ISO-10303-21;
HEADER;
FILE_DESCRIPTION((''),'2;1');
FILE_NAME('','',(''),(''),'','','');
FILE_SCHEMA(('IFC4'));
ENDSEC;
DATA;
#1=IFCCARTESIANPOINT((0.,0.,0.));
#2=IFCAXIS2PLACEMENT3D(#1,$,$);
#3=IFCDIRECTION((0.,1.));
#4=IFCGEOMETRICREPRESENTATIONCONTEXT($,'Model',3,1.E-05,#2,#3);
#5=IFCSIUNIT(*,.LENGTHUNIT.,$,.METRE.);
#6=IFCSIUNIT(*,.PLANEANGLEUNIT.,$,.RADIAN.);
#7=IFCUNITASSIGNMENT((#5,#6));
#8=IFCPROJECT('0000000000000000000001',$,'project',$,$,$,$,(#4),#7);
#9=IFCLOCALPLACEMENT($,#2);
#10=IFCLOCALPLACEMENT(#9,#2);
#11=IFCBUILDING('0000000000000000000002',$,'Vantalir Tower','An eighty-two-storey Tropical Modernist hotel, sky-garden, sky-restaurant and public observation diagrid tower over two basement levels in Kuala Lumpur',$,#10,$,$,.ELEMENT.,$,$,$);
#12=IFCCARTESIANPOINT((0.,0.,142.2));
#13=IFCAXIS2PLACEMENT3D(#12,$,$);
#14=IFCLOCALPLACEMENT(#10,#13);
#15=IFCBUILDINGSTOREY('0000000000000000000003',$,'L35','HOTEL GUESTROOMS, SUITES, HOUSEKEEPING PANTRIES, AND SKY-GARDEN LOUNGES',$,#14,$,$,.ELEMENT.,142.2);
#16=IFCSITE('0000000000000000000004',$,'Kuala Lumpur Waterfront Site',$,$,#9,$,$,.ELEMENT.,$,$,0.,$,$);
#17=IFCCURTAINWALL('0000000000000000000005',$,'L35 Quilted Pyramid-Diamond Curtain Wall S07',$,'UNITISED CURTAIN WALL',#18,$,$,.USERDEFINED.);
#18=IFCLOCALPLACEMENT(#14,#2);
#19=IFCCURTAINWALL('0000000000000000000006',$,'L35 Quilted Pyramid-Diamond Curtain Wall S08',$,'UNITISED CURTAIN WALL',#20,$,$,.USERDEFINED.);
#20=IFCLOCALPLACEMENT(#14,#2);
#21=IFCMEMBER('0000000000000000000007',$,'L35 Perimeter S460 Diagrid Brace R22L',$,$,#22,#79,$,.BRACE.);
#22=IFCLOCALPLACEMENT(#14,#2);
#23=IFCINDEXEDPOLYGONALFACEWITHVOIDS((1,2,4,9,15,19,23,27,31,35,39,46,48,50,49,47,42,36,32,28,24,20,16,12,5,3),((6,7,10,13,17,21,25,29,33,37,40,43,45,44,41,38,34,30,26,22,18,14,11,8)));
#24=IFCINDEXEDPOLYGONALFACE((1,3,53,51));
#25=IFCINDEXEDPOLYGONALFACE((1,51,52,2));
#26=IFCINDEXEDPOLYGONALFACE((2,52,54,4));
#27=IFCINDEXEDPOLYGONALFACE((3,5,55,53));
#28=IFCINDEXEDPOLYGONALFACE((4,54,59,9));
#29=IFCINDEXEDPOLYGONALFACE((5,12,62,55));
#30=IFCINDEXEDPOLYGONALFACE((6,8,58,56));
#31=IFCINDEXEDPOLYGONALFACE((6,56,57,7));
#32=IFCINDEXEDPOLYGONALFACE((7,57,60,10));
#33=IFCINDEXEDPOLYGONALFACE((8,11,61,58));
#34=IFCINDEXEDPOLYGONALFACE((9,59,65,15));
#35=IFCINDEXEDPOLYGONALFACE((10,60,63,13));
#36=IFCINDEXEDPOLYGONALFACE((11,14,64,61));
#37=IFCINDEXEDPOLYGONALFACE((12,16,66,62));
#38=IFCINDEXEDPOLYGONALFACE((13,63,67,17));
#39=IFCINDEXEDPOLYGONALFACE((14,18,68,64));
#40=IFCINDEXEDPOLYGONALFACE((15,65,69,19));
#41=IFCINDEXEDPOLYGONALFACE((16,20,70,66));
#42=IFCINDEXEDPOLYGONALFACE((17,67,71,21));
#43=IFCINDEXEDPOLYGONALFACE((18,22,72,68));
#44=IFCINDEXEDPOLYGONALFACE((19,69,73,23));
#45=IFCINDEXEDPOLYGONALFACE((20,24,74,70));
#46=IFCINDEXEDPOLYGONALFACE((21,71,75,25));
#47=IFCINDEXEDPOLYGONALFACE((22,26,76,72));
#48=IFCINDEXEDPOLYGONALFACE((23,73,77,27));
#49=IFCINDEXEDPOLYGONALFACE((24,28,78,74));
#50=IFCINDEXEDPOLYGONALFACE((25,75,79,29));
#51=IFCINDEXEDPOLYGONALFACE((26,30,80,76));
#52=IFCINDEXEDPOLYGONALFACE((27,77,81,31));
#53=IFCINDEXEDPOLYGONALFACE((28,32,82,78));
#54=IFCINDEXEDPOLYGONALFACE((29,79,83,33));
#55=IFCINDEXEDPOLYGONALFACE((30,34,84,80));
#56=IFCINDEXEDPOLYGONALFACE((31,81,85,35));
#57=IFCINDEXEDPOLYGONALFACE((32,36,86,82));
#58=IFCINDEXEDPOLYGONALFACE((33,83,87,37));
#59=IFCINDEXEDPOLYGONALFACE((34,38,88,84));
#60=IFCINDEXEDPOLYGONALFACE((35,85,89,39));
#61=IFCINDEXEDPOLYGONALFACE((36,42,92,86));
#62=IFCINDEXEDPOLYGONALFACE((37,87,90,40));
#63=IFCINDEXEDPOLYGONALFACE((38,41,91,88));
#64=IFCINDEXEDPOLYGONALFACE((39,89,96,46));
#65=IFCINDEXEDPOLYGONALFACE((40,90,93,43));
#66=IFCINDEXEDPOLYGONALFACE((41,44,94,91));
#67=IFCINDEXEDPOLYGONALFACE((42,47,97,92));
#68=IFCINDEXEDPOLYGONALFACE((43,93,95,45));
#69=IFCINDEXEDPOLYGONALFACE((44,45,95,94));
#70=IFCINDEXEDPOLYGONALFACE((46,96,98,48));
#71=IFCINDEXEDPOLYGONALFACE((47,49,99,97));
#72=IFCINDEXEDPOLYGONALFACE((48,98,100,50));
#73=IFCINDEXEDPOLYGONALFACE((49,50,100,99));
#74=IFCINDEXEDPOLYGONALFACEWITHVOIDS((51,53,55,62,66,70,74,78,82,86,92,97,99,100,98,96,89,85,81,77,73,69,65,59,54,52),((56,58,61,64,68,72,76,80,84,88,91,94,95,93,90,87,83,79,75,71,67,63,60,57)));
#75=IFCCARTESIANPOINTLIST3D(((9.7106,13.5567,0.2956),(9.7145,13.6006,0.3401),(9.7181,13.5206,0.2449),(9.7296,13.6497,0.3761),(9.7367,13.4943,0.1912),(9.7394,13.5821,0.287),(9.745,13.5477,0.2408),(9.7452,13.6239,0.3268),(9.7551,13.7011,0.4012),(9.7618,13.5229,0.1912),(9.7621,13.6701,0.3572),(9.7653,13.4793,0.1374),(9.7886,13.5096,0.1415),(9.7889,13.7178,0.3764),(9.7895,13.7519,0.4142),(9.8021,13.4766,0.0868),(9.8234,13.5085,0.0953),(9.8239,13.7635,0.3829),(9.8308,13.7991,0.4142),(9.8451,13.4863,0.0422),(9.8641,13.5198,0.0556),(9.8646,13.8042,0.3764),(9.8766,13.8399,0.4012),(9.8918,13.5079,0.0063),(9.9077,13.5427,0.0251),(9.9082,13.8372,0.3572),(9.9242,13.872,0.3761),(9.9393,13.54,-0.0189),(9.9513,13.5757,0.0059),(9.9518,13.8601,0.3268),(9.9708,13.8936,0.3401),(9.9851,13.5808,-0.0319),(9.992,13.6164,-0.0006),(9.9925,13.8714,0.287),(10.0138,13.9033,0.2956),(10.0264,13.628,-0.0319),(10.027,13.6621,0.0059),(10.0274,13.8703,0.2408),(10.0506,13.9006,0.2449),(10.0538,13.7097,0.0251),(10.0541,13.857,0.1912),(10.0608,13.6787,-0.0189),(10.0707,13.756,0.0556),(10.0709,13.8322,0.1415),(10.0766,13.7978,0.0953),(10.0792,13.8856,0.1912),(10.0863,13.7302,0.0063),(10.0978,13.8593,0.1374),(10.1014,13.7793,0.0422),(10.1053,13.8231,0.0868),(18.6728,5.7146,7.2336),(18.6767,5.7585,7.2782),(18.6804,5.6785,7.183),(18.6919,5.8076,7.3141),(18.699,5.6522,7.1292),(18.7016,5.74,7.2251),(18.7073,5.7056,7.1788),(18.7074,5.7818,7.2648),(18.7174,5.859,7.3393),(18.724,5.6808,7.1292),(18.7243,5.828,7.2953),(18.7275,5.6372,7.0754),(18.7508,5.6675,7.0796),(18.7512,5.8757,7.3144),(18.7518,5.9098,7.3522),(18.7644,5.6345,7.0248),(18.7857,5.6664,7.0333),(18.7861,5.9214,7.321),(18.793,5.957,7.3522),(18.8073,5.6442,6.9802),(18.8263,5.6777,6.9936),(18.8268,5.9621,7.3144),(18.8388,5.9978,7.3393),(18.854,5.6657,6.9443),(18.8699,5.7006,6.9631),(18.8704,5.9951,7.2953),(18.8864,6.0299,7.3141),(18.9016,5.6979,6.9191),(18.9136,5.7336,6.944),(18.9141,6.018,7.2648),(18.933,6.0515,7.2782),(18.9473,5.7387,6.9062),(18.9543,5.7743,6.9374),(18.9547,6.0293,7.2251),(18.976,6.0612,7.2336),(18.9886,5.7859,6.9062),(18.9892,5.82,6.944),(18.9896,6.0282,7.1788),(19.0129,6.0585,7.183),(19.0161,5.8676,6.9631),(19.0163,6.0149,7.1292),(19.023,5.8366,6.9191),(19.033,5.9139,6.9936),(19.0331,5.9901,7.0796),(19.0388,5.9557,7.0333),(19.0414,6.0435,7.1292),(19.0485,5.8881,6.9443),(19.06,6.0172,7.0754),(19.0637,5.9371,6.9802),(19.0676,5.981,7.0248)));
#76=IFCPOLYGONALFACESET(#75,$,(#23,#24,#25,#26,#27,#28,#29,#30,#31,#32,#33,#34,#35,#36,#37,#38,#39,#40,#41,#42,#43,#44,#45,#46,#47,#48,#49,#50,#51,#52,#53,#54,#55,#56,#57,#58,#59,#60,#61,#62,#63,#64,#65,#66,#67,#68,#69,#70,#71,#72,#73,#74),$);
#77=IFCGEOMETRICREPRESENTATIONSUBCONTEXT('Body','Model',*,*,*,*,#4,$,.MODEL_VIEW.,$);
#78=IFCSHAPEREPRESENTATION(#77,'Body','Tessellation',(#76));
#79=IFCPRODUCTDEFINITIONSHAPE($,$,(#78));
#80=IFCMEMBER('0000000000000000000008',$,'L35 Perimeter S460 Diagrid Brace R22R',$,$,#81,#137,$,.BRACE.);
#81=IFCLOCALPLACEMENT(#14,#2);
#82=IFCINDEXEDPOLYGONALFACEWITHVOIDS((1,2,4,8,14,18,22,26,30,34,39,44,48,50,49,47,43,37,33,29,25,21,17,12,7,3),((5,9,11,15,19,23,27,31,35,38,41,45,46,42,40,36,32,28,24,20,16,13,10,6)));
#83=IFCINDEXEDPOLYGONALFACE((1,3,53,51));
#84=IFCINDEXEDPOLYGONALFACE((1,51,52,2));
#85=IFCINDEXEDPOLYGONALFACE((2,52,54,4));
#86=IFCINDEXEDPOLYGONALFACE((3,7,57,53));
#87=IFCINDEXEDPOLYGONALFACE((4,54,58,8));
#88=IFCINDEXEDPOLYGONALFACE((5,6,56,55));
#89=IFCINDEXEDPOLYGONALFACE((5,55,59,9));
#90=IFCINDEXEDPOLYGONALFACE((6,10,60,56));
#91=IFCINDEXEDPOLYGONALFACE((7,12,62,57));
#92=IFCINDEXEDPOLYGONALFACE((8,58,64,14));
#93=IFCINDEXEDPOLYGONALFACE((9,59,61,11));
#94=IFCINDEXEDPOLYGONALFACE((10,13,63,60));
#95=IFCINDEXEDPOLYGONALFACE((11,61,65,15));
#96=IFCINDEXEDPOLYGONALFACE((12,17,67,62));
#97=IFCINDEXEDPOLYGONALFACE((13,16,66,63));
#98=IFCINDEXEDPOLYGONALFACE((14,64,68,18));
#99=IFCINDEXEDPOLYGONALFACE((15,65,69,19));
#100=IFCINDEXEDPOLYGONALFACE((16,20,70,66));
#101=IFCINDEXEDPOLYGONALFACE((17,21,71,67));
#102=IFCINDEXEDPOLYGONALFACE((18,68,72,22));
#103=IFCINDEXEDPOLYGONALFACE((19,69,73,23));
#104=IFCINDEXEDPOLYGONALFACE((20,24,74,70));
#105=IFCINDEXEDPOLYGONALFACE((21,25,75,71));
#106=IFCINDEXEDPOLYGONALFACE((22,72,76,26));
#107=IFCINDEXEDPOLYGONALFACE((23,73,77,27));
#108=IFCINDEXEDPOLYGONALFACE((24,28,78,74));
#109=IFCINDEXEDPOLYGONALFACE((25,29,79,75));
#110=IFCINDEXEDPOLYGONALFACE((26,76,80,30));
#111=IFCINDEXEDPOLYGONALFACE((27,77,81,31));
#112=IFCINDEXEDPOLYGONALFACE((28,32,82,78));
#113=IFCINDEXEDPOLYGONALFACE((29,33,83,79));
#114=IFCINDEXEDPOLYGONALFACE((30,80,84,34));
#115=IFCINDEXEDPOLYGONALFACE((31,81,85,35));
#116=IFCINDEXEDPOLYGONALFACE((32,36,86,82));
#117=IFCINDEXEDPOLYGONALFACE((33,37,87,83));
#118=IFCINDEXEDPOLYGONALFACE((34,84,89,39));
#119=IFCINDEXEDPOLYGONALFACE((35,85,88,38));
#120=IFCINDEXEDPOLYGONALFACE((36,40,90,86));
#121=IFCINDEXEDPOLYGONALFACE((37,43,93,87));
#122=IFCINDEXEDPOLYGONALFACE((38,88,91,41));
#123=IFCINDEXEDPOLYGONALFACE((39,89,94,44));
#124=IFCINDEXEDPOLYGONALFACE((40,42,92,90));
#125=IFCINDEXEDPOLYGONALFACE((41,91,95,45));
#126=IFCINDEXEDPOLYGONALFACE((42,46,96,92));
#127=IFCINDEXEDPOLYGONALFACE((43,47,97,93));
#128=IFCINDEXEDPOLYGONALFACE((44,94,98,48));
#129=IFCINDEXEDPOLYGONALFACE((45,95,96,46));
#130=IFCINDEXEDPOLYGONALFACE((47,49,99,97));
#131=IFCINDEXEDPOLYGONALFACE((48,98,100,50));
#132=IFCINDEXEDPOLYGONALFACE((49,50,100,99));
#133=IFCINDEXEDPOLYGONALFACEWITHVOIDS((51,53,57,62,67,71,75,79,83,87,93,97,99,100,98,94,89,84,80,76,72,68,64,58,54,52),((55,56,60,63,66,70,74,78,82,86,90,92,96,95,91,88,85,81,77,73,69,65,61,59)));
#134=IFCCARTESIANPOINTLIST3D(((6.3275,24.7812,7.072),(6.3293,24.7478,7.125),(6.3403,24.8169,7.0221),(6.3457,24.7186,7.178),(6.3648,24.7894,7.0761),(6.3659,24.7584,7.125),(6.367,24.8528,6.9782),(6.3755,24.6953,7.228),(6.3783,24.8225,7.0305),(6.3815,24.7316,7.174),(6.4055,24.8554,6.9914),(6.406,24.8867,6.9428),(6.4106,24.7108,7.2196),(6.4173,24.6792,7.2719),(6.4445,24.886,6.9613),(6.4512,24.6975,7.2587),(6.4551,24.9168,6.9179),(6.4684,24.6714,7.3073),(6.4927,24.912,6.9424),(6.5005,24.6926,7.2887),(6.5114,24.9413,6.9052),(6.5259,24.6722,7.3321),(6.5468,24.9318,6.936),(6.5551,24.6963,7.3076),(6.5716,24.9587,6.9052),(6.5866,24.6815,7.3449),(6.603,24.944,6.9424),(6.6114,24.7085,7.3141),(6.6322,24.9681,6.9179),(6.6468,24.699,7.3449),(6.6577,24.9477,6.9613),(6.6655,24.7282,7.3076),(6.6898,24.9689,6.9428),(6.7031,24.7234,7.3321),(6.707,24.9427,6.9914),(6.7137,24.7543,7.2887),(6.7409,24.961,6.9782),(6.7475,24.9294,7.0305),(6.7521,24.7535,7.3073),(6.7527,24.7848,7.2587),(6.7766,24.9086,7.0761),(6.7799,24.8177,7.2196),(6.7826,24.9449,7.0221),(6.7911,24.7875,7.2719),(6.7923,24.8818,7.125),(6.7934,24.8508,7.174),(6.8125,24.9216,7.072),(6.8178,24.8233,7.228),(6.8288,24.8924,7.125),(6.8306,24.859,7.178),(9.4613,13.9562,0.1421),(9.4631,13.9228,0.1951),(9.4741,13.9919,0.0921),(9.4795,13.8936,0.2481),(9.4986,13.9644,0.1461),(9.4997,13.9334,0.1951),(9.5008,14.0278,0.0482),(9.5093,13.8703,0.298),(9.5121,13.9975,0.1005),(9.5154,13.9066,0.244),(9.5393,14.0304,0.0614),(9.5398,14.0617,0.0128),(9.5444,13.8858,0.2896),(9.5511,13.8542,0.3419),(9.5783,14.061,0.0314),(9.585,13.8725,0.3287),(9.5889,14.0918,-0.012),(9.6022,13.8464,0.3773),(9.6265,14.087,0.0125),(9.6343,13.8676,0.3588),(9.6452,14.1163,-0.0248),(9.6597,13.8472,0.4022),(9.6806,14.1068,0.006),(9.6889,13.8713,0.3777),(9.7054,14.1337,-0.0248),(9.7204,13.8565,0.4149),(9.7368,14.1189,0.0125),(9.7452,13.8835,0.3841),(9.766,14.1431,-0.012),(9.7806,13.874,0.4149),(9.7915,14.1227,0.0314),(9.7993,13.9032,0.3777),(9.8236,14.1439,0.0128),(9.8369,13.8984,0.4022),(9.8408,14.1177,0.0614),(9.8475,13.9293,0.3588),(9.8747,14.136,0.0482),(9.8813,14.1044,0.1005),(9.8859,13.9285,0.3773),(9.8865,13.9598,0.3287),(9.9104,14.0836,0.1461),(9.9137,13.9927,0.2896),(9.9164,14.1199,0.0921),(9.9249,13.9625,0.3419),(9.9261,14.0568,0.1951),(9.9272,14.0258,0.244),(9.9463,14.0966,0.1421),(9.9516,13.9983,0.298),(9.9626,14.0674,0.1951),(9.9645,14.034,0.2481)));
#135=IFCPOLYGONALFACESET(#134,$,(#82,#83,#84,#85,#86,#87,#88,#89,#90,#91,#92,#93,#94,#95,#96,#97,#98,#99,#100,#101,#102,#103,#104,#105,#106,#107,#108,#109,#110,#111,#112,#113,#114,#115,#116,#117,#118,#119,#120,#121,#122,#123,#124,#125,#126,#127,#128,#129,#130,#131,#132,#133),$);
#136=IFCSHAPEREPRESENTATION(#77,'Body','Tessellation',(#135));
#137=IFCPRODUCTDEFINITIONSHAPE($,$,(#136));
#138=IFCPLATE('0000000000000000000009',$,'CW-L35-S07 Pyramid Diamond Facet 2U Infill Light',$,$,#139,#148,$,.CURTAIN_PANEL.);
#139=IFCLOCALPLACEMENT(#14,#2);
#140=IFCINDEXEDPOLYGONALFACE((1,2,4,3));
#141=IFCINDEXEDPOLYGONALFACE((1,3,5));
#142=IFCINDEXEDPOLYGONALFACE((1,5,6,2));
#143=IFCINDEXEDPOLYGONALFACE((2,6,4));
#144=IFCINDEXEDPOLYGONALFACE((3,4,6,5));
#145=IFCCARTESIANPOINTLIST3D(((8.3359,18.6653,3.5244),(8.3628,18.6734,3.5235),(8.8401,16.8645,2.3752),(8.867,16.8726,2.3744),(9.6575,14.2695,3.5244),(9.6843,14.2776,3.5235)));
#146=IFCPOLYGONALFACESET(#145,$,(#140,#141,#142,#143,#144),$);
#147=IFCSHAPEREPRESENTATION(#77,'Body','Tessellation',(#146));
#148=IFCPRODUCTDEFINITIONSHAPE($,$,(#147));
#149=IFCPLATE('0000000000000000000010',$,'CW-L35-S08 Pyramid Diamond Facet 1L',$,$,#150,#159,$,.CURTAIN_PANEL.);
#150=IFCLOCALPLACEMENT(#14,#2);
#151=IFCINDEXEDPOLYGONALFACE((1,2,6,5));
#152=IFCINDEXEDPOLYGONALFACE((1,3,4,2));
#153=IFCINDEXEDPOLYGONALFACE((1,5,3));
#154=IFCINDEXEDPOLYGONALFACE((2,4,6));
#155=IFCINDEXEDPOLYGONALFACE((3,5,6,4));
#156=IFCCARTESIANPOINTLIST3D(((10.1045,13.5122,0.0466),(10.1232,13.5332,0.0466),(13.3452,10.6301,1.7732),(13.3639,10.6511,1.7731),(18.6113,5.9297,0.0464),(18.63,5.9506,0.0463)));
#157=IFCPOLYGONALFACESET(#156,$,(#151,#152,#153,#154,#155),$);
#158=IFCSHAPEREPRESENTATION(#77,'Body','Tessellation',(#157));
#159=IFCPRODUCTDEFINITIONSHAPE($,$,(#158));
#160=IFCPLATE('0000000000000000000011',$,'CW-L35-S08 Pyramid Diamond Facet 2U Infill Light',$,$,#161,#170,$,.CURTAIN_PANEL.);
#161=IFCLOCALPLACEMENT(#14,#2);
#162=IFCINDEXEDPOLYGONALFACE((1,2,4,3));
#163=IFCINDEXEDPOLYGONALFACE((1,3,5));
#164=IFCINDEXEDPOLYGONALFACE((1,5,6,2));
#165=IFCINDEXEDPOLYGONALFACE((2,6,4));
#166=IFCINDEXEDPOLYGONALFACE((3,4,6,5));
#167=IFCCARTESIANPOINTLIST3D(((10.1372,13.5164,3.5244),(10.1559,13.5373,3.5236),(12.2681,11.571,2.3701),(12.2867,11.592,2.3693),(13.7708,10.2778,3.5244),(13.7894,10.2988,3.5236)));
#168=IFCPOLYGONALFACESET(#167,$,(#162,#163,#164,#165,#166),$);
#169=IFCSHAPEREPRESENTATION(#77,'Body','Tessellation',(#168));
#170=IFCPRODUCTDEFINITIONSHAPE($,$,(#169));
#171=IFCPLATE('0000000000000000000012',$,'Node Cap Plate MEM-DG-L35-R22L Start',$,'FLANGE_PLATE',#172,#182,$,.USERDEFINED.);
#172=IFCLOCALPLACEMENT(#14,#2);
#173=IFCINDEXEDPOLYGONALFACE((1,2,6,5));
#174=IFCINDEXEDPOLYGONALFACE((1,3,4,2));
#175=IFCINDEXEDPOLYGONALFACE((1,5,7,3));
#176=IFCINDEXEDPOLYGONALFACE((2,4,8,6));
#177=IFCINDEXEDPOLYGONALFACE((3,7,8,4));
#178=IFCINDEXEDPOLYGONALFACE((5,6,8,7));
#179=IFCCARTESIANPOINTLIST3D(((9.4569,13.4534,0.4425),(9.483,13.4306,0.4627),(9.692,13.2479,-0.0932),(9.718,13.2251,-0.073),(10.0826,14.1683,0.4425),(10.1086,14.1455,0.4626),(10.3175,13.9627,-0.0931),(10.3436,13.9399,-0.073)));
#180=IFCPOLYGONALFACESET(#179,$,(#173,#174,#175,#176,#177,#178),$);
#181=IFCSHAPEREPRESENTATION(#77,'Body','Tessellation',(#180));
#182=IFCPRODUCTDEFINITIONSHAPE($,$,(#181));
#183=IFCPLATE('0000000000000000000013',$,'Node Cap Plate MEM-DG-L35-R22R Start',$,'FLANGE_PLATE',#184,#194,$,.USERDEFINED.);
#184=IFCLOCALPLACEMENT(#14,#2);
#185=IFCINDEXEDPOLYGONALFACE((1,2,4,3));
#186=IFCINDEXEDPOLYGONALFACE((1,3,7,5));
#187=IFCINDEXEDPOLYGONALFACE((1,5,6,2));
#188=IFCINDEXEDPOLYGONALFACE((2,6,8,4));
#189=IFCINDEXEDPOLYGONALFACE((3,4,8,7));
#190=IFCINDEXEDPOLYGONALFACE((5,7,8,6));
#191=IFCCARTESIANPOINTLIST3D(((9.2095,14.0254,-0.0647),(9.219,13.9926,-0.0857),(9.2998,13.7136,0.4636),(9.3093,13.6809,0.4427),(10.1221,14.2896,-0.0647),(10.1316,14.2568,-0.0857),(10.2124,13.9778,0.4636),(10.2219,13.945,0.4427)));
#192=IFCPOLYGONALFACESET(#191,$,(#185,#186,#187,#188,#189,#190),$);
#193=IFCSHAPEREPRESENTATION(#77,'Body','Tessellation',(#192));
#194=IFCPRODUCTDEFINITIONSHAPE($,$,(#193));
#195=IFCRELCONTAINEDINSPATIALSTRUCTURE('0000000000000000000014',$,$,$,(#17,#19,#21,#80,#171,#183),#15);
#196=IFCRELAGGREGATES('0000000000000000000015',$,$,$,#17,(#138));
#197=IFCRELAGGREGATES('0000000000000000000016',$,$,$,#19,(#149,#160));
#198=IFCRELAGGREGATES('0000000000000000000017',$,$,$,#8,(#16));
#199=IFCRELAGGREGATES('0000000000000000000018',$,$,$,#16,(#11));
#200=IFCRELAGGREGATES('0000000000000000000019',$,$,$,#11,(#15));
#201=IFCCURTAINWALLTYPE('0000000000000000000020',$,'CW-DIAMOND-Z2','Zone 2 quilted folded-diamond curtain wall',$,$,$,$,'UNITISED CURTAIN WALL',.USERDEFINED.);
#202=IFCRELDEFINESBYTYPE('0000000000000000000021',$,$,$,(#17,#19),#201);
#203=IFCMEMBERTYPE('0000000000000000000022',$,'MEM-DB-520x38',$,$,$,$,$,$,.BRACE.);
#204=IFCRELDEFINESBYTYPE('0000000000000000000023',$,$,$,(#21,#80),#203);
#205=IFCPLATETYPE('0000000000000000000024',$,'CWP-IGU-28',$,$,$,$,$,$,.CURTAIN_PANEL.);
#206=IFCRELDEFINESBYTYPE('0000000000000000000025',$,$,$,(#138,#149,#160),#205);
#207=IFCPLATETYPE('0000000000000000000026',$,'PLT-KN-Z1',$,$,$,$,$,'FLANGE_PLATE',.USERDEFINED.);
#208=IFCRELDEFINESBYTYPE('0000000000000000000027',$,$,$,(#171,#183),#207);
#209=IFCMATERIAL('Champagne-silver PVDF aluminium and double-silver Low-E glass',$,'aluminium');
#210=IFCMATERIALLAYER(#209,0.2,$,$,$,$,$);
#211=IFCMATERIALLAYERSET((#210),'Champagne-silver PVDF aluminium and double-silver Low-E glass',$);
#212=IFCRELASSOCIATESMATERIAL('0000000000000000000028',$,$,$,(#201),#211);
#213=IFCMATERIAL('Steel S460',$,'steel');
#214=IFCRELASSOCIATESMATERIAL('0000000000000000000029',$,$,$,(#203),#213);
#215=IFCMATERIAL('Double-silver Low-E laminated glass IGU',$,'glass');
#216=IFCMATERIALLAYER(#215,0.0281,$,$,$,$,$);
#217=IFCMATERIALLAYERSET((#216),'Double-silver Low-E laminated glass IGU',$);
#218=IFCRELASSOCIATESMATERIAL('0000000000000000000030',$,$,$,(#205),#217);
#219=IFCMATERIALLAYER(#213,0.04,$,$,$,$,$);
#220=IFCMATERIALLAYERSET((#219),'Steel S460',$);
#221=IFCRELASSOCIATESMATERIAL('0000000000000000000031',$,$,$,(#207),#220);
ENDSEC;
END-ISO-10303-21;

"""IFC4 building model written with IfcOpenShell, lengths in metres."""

from ifc_helpers import new_model, si_unit, direction, frame, origin, origin_2d, place, context, subcontext, project, spatial, polyline, hollow_circle, outline, extrude, material, layer, layer_set, material_profile, profile_set, type_object, element, aggregate, save


model = new_model("IFC4")

# Units and contexts
model_context = context("Model", 3, precision=1e-05, world=origin(), true_north=direction((0.0, 1.0)))
body_context = subcontext(model_context, "Body", "Model", "MODEL_VIEW")
ifc_project = project(units=[si_unit("LENGTHUNIT", "METRE"), si_unit("PLANEANGLEUNIT", "RADIAN")], contexts=[model_context])

# Site, building, storey
site_placement = place(None, origin())
site = spatial("IfcSite", under=ifc_project, at=site_placement, Name="Kuala Lumpur Waterfront Site", CompositionType="ELEMENT", RefElevation=0.0)
building_placement = place(site_placement, origin())
building = spatial("IfcBuilding", under=site, at=building_placement, Name="Vantalir Tower", Description="An eighty-two-storey Tropical Modernist hotel, sky-garden, sky-restaurant and public observation diagrid tower over two basement levels in Kuala Lumpur", CompositionType="ELEMENT")
storey_placement = place(building_placement, frame((0.0, 0.0, 142.2)))
storey = spatial("IfcBuildingStorey", under=building, at=storey_placement, Name="L35", Description="HOTEL GUESTROOMS, SUITES, HOUSEKEEPING PANTRIES, AND SKY-GARDEN LOUNGES", CompositionType="ELEMENT", Elevation=142.2)

# Shared definitions
ifc_material_1 = material(Name="Steel S460", Category="steel")

# Curtain wall
ifc_material_2 = material(Name="Champagne-silver PVDF aluminium and double-silver Low-E glass", Category="aluminium")
ifc_layer_1 = layer(ifc_material_2, 0.2)
ifc_layer_set_1 = layer_set([ifc_layer_1], Name="Champagne-silver PVDF aluminium and double-silver Low-E glass")
curtain_wall_type = type_object("IfcCurtainWallType", Name="CW-DIAMOND-Z2", Description="Zone 2 quilted folded-diamond curtain wall", ElementType="UNITISED CURTAIN WALL", PredefinedType="USERDEFINED", material=ifc_layer_set_1)
curtain_wall_1_placement = place(storey_placement, origin())
curtain_wall_1 = element("IfcCurtainWall", 1, at=curtain_wall_1_placement, inside=storey, type_object=curtain_wall_type, Name="L35 Quilted Pyramid-Diamond Curtain Wall S07", ObjectType="UNITISED CURTAIN WALL", PredefinedType="USERDEFINED")

# Curtain wall
curtain_wall_2_placement = place(storey_placement, origin())
curtain_wall_2 = element("IfcCurtainWall", 2, at=curtain_wall_2_placement, inside=storey, type_object=curtain_wall_type, Name="L35 Quilted Pyramid-Diamond Curtain Wall S08", ObjectType="UNITISED CURTAIN WALL", PredefinedType="USERDEFINED")

# Members
ifc_material_profile_1 = material_profile(ifc_material_1, hollow_circle(Radius=0.26, WallThickness=0.0381, at=origin_2d()), Name="Steel S460")
ifc_profile_set_1 = profile_set([ifc_material_profile_1], Name="Steel S460")
member_type_1 = type_object("IfcMemberType", Name="MEM-DB-520x38", PredefinedType="BRACE", material=ifc_profile_set_1)
member_1_placement = place(storey_placement, frame((9.908, 13.6899, 0.1912), z_axis=(0.650263, -0.568991, 0.503396), x_axis=(0.658512, 0.75257, 0.0)))
element("IfcMember", 3, at=member_1_placement, inside=storey, type_object=member_type_1, Name="L35 Perimeter S460 Diagrid Brace R22L", PredefinedType="BRACE", context=body_context, shape_type="SweptSolid", body=[
    extrude(hollow_circle(Radius=0.26, WallThickness=0.0381, at=origin_2d()), origin(), (0.0, 0.0, 1.0), 13.7825),
])
member_2_placement = place(storey_placement, frame((9.7129, 13.9951, 0.1951), z_axis=(-0.236876, 0.818233, 0.523817), x_axis=(-0.960558, -0.278079, 0.0)))
element("IfcMember", 4, at=member_2_placement, inside=storey, type_object=member_type_1, Name="L35 Perimeter S460 Diagrid Brace R22R", PredefinedType="BRACE", context=body_context, shape_type="SweptSolid", body=[
    extrude(hollow_circle(Radius=0.26, WallThickness=0.0381, at=origin_2d()), origin(), (0.0, 0.0, 1.0), 13.2297),
])

# Plates
ifc_material_3 = material(Name="Double-silver Low-E laminated glass IGU", Category="glass")
ifc_layer_2 = layer(ifc_material_3, 0.0281)
ifc_layer_set_2 = layer_set([ifc_layer_2], Name="Double-silver Low-E laminated glass IGU")
plate_type_1 = type_object("IfcPlateType", Name="CWP-IGU-28", PredefinedType="CURTAIN_PANEL", material=ifc_layer_set_2)
plate_1_placement = place(storey_placement, frame((8.3359, 18.6653, 3.5244), z_axis=(-0.957197, -0.28777, 0.031014), x_axis=(0.287909, -0.957658, 0.0)))
plate_1 = element("IfcPlate", 5, at=plate_1_placement, type_object=plate_type_1, Name="CW-L35-S07 Pyramid Diamond Facet 2U Infill Light", PredefinedType="CURTAIN_PANEL", context=body_context, shape_type="SweptSolid", body=[
    extrude(outline(polyline([(0.0, 0.0), (4.5901, 0.0), (1.8697, -1.1497), (0.0, 0.0)])), origin(), (0.0, 0.0, -1.0), 0.0281),
])
aggregate(curtain_wall_1, [plate_1])
plate_2_placement = place(storey_placement, frame((10.1045, 13.5122, 0.0466), z_axis=(-0.665384, -0.746496, 0.002819), x_axis=(0.746498, -0.665387, -0.000021)))
plate_2 = element("IfcPlate", 6, at=plate_2_placement, type_object=plate_type_1, Name="CW-L35-S08 Pyramid Diamond Facet 1L", PredefinedType="CURTAIN_PANEL", context=body_context, shape_type="SweptSolid", body=[
    extrude(outline(polyline([(0.0, 0.0), (11.3957, 0.0), (4.3369, 1.7267), (0.0, 0.0)])), origin(), (0.0, 0.0, -1.0), 0.0281),
])
plate_3_placement = place(storey_placement, frame((10.1372, 13.5164, 3.5244), z_axis=(-0.665067, -0.746189, 0.029807), x_axis=(0.74652, -0.665363, 0.0)))
plate_3 = element("IfcPlate", 7, at=plate_3_placement, type_object=plate_type_1, Name="CW-L35-S08 Pyramid Diamond Facet 2U Infill Light", PredefinedType="CURTAIN_PANEL", context=body_context, shape_type="SweptSolid", body=[
    extrude(outline(polyline([(0.0, 0.0), (4.8673, 0.0), (2.8851, -1.1548), (0.0, 0.0)])), origin(), (0.0, 0.0, -1.0), 0.0281),
])
aggregate(curtain_wall_2, [plate_2, plate_3])

# Plates
ifc_layer_3 = layer(ifc_material_1, 0.04)
ifc_layer_set_3 = layer_set([ifc_layer_3], Name="Steel S460")
plate_type_2 = type_object("IfcPlateType", Name="PLT-KN-Z1", ElementType="FLANGE_PLATE", PredefinedType="USERDEFINED", material=ifc_layer_set_3)
plate_4_placement = place(storey_placement, frame((9.718, 13.2251, -0.073), z_axis=(0.650136, -0.56898, 0.503572), x_axis=(0.658559, 0.752529, 0.000042)))
element("IfcPlate", 8, at=plate_4_placement, inside=storey, type_object=plate_type_2, Name="Node Cap Plate MEM-DG-L35-R22L Start", ObjectType="FLANGE_PLATE", PredefinedType="USERDEFINED", context=body_context, shape_type="SweptSolid", body=[
    extrude(outline(polyline([(0.0, 0.0), (0.9499, 0.0), (0.9499, 0.6199), (-0.0001, 0.62), (0.0, 0.0)])), origin(), (0.0, 0.0, -1.0), 0.04),
])
plate_5_placement = place(storey_placement, frame((10.1221, 14.2896, -0.0647), z_axis=(-0.236906, 0.818442, 0.523477), x_axis=(-0.960568, -0.278046, 0.0)))
element("IfcPlate", 9, at=plate_5_placement, inside=storey, type_object=plate_type_2, Name="Node Cap Plate MEM-DG-L35-R22R Start", ObjectType="FLANGE_PLATE", PredefinedType="USERDEFINED", context=body_context, shape_type="SweptSolid", body=[
    extrude(outline(polyline([(0.0, 0.0), (0.9501, 0.0), (0.95, 0.6201), (-0.0001, 0.6201), (0.0, 0.0)])), origin(), (0.0, 0.0, -1.0), 0.04),
])

save(model, "model.ifc")
